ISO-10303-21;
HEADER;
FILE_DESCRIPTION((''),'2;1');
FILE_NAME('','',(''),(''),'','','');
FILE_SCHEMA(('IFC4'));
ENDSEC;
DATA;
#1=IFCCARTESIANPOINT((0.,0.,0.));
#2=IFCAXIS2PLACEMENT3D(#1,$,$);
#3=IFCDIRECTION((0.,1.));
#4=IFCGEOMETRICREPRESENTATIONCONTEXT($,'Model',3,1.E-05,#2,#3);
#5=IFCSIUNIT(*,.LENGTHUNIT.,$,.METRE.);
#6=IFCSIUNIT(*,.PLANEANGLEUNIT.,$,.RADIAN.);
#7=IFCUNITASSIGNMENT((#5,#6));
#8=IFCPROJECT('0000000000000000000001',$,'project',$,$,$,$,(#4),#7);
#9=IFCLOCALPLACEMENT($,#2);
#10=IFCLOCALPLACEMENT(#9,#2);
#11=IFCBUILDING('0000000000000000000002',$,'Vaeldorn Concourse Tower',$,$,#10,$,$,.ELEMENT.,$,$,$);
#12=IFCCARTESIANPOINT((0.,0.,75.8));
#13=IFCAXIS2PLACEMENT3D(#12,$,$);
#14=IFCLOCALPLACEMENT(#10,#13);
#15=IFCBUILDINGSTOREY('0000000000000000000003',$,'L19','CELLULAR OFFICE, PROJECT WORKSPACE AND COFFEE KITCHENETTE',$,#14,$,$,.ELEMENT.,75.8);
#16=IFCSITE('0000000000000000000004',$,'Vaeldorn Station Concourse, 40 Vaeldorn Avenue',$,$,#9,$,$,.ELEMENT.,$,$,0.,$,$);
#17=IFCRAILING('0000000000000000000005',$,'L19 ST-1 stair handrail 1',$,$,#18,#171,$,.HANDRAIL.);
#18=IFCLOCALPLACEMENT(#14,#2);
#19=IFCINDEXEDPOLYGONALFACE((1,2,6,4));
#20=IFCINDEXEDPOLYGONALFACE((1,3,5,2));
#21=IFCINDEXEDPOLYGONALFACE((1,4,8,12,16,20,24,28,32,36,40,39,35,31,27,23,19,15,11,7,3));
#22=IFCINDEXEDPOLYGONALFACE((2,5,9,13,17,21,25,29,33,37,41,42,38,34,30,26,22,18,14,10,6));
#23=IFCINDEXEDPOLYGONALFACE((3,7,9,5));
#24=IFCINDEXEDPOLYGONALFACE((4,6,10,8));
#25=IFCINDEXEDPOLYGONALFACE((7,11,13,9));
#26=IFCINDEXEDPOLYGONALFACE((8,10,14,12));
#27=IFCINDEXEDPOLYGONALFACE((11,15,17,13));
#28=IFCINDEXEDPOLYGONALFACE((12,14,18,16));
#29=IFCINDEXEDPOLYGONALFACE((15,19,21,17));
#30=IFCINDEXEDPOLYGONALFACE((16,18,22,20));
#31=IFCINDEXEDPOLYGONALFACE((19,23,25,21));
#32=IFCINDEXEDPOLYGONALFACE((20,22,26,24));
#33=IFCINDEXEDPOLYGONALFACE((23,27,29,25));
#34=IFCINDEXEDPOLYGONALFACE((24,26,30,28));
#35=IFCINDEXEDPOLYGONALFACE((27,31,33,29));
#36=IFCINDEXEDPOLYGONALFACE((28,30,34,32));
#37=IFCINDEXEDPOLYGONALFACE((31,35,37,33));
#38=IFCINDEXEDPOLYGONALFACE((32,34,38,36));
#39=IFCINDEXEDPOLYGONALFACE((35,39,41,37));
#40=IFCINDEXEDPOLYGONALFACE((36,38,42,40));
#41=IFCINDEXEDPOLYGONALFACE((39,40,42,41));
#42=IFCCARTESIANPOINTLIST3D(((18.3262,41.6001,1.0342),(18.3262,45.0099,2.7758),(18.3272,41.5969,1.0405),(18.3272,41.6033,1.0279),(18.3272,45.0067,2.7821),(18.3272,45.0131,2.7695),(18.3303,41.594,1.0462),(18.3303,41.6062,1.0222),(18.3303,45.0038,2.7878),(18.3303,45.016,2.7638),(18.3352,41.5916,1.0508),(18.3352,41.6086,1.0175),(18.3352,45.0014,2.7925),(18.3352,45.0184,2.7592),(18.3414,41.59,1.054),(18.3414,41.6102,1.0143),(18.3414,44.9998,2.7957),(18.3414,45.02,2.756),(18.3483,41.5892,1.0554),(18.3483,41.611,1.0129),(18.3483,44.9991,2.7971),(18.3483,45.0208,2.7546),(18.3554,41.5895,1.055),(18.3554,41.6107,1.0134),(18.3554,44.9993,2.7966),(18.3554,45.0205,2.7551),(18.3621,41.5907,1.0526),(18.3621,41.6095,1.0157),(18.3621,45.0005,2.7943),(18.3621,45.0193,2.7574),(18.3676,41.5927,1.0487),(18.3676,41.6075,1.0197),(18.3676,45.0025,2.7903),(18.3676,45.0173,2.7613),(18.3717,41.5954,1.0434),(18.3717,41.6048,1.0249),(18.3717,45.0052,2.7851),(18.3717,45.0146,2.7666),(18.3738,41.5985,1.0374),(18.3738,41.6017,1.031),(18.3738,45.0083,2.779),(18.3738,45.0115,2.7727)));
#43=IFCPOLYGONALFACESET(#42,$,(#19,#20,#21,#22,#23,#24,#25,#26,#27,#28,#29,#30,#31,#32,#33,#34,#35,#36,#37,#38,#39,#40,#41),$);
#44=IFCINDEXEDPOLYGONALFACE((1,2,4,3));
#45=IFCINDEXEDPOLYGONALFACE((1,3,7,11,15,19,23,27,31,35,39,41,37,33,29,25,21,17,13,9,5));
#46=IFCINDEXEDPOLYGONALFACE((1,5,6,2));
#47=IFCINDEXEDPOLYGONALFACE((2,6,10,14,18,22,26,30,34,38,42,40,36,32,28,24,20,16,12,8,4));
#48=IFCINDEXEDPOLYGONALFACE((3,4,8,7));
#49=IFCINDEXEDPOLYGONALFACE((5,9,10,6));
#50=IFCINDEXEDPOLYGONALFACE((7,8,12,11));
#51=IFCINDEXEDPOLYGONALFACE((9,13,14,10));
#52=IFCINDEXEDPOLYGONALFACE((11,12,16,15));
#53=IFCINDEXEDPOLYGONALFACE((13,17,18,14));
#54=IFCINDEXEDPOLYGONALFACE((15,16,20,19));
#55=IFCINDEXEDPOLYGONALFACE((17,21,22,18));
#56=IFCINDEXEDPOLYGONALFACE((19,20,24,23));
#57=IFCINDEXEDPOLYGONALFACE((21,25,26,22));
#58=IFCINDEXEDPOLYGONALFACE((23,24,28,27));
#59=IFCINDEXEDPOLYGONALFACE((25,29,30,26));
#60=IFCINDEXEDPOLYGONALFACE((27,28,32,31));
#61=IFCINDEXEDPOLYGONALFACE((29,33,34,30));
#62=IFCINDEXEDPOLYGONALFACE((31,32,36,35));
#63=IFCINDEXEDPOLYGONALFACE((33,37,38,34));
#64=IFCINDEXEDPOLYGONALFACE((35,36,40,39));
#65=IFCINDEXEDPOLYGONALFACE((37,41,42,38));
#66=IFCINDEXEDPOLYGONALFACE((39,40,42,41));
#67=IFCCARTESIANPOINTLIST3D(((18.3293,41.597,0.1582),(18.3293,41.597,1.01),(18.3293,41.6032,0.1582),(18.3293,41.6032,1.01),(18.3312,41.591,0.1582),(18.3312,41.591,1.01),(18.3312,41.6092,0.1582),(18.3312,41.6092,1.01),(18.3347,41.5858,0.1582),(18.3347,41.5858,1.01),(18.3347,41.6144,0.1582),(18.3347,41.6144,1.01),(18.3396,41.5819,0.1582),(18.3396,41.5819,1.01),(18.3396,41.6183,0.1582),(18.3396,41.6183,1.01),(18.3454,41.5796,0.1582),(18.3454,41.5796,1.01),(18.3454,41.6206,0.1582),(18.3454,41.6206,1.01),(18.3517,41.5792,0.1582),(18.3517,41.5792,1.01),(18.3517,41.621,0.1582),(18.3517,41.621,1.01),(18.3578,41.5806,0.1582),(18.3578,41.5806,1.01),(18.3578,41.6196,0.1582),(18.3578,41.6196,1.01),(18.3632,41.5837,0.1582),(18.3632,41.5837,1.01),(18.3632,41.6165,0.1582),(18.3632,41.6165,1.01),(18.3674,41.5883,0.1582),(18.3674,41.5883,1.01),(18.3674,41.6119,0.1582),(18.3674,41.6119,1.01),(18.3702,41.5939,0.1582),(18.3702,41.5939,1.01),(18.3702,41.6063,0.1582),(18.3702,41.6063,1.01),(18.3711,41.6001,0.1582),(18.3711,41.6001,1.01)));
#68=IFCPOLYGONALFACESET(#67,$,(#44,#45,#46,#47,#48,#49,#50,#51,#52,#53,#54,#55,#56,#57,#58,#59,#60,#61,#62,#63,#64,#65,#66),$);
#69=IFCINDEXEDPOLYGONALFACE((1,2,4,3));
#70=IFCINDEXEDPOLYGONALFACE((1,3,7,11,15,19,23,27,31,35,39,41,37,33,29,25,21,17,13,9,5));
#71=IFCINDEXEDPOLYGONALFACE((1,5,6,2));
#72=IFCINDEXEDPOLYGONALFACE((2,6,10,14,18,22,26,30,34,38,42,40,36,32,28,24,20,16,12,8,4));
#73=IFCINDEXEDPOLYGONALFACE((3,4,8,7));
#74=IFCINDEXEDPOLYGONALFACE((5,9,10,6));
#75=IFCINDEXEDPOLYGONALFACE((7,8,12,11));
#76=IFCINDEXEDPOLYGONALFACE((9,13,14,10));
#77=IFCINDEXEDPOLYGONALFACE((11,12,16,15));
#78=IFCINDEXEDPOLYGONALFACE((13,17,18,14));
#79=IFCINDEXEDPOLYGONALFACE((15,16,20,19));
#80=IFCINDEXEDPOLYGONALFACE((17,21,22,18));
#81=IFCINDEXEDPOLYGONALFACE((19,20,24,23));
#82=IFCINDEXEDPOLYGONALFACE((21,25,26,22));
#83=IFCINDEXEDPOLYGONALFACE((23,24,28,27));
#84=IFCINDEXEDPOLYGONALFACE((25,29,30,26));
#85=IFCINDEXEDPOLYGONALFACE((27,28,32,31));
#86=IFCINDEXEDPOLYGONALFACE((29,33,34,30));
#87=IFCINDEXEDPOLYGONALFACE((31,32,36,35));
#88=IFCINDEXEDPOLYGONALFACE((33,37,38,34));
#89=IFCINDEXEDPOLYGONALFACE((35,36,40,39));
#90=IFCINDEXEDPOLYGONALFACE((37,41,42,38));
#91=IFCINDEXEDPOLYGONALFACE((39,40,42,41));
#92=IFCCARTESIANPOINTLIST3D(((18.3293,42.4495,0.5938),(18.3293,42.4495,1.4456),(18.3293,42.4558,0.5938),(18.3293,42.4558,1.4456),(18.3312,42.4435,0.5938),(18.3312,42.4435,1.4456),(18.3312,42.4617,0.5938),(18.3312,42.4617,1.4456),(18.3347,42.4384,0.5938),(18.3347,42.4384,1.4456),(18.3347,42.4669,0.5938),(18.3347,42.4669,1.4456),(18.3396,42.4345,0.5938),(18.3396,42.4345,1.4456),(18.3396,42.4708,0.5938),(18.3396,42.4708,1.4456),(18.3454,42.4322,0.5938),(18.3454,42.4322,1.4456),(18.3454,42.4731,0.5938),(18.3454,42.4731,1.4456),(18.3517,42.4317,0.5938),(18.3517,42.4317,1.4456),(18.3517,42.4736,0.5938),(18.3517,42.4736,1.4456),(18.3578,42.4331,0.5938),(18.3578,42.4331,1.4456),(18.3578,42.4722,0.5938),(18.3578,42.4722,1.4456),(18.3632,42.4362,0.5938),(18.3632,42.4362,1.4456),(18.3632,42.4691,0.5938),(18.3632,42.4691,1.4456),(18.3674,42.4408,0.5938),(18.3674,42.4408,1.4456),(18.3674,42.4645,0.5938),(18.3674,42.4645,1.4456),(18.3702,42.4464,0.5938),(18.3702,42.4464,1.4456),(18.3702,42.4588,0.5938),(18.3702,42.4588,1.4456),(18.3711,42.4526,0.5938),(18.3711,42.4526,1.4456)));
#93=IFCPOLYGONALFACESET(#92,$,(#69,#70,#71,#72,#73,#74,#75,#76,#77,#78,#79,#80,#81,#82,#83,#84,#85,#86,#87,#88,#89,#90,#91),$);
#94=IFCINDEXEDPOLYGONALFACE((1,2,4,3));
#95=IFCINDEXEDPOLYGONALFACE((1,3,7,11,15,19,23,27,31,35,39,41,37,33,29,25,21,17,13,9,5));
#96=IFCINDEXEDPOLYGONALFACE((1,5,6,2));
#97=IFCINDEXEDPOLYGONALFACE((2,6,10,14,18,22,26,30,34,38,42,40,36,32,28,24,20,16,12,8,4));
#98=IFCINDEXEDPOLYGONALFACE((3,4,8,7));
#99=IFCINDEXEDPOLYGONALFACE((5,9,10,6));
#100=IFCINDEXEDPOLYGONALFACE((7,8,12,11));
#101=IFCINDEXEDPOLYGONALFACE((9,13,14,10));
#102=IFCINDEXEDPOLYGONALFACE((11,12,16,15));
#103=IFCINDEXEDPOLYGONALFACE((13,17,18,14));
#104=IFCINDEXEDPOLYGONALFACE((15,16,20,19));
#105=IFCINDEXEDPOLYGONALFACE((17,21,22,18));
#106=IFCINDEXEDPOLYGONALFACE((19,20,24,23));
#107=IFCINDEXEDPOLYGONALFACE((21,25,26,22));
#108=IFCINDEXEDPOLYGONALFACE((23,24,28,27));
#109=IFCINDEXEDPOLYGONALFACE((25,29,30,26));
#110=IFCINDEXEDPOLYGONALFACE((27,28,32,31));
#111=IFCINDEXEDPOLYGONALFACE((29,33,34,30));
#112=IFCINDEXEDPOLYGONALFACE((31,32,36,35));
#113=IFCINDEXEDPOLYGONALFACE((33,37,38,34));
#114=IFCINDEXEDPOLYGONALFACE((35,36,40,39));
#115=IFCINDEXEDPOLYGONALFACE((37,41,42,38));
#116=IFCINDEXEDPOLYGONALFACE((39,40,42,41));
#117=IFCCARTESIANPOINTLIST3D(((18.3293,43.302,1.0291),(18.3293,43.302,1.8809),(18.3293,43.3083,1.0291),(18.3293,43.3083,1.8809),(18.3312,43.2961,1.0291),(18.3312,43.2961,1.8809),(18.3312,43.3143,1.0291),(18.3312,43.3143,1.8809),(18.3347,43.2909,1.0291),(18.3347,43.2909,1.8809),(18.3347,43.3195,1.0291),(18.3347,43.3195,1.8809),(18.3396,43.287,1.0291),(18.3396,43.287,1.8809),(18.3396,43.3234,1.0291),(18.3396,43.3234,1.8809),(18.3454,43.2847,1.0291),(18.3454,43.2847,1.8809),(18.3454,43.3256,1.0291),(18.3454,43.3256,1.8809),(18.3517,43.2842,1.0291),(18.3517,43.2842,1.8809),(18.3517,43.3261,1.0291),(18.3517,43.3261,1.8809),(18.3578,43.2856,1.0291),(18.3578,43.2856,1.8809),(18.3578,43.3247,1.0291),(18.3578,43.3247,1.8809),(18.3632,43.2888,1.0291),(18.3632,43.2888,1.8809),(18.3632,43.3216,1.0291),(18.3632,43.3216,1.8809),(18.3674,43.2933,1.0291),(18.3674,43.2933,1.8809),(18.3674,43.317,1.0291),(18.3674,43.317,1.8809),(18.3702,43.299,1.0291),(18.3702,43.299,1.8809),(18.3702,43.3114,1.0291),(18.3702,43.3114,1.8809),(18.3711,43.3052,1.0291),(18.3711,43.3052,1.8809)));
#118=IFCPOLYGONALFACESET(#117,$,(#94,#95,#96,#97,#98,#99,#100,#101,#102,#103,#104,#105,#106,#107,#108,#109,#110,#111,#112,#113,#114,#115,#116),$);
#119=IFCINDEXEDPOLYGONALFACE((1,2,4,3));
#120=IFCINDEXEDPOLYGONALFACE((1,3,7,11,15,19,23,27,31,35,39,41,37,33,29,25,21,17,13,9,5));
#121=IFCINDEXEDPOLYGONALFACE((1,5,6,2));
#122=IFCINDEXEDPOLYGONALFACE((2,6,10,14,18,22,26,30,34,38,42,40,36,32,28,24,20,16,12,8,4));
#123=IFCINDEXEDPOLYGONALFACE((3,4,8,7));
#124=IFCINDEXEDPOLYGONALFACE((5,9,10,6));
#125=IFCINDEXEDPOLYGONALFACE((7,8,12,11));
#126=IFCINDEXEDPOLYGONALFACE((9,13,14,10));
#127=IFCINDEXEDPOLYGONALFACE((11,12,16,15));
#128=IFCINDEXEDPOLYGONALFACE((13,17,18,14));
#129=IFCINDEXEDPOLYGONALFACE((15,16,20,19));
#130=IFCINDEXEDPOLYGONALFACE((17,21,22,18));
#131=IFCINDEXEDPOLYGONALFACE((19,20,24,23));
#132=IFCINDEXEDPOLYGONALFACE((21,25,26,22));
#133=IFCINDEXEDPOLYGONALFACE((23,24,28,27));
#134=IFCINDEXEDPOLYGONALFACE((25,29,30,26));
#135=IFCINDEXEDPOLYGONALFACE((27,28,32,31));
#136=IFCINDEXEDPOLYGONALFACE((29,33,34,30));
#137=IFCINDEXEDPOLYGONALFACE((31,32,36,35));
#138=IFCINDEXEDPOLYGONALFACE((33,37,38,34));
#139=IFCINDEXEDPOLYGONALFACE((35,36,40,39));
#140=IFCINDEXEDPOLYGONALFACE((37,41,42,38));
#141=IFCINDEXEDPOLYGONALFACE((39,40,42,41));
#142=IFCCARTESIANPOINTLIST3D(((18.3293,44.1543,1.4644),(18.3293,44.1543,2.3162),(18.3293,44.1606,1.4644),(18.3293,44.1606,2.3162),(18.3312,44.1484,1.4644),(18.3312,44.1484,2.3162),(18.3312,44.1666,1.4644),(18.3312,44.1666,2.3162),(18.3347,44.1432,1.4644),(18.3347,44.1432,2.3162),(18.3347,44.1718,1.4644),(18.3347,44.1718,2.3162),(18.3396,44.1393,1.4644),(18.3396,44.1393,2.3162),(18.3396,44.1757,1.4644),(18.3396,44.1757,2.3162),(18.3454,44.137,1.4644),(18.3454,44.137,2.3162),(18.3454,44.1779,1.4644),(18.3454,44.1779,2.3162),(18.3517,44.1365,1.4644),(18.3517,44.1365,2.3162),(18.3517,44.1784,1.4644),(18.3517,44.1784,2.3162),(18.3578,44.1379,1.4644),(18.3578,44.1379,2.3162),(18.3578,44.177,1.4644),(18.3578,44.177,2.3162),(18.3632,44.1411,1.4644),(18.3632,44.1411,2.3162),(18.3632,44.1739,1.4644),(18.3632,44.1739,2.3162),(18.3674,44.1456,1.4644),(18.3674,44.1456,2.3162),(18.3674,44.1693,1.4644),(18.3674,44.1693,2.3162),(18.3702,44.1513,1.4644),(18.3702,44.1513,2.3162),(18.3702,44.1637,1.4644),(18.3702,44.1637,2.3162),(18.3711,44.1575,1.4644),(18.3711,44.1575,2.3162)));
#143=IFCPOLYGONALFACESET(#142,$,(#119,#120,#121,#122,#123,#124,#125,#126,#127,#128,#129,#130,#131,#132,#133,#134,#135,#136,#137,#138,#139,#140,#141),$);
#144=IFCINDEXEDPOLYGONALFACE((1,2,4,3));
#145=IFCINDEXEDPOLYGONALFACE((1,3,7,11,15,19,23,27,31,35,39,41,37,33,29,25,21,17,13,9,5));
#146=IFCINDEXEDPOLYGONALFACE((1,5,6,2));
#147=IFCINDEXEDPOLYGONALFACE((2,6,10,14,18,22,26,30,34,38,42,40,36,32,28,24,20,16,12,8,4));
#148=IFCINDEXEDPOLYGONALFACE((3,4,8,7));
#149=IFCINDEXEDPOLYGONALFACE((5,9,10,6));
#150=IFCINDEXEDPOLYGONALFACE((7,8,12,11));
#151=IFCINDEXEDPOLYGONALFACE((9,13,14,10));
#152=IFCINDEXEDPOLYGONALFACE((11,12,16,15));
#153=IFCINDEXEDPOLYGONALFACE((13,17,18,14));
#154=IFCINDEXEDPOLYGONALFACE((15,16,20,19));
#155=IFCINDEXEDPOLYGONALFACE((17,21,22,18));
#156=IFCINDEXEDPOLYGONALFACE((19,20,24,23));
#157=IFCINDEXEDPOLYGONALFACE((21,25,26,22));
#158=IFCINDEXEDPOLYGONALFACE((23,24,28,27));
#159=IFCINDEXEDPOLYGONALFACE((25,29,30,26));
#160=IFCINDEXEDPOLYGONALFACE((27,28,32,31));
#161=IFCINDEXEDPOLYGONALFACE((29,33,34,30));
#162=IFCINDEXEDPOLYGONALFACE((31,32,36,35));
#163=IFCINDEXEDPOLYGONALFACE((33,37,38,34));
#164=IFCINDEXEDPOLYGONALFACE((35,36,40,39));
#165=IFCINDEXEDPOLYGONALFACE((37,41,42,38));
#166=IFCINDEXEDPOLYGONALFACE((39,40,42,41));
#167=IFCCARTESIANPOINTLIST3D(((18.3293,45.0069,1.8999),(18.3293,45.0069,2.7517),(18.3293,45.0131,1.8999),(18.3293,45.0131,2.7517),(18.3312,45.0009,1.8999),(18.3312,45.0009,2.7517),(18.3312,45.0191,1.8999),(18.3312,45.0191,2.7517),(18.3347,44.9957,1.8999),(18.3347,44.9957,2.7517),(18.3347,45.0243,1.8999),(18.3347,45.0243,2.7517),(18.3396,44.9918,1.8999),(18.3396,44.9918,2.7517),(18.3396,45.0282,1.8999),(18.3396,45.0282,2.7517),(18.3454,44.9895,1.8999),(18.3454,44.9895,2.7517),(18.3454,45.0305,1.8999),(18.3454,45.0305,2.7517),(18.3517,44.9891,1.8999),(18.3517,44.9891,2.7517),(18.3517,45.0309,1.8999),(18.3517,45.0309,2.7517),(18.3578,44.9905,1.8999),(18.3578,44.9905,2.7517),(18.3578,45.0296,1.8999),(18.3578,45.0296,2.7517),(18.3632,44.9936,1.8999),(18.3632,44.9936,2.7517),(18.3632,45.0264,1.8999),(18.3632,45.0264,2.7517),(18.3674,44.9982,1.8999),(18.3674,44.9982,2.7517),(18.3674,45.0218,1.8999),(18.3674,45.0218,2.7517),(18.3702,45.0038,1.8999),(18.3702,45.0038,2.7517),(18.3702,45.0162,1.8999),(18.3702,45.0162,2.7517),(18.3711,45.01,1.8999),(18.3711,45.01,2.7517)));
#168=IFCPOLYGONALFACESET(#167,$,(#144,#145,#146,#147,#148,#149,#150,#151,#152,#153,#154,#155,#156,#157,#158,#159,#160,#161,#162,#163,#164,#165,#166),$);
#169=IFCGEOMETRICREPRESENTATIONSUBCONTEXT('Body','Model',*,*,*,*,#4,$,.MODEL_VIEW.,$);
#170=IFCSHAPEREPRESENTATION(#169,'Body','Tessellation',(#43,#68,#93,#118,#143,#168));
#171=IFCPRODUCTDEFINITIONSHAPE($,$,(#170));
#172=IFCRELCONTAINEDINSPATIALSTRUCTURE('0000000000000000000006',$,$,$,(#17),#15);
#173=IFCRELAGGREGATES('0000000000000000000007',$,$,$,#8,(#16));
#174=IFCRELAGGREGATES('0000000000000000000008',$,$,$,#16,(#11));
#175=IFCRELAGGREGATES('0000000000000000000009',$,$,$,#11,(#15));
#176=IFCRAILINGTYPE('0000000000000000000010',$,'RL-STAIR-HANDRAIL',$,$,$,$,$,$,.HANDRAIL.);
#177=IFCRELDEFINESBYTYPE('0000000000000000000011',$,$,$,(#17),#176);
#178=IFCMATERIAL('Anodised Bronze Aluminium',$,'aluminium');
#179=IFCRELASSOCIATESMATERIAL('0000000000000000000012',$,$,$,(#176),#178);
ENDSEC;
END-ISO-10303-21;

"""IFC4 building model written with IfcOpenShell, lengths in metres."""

from ifc_helpers import new_model, si_unit, direction, frame, origin, origin_2d, place, context, subcontext, project, spatial, circle, extrude, material, type_object, element, save


model = new_model("IFC4")

# Units and contexts
model_context = context("Model", 3, precision=1e-05, world=origin(), true_north=direction((0.0, 1.0)))
body_context = subcontext(model_context, "Body", "Model", "MODEL_VIEW")
ifc_project = project(units=[si_unit("LENGTHUNIT", "METRE"), si_unit("PLANEANGLEUNIT", "RADIAN")], contexts=[model_context])

# Site, building, storey
site_placement = place(None, origin())
site = spatial("IfcSite", under=ifc_project, at=site_placement, Name="Vaeldorn Station Concourse, 40 Vaeldorn Avenue", CompositionType="ELEMENT", RefElevation=0.0)
building_placement = place(site_placement, origin())
building = spatial("IfcBuilding", under=site, at=building_placement, Name="Vaeldorn Concourse Tower", CompositionType="ELEMENT")
storey_placement = place(building_placement, frame((0.0, 0.0, 75.8)))
storey = spatial("IfcBuildingStorey", under=building, at=storey_placement, Name="L19", Description="CELLULAR OFFICE, PROJECT WORKSPACE AND COFFEE KITCHENETTE", CompositionType="ELEMENT", Elevation=75.8)

# Shared definitions
ifc_material_1 = material(Name="Anodised Bronze Aluminium", Category="aluminium")

# Railing
railing_type_1 = type_object("IfcRailingType", Name="RL-STAIR-HANDRAIL", PredefinedType="HANDRAIL", material=ifc_material_1)
railing_1_placement = place(storey_placement, frame((18.3501, 41.6001, 0.1582)))
element("IfcRailing", 1, at=railing_1_placement, inside=storey, type_object=railing_type_1, Name="L19 ST-1 stair handrail 1", PredefinedType="HANDRAIL", context=body_context, shape_type="SweptSolid", body=[
    extrude(circle(Radius=0.0239, at=origin_2d()), frame((0.0, 0.0, 0.876), z_axis=(0.0, 0.890556, 0.454874), x_axis=(-1.0, 0.0, 0.0)), (0.0, 0.0, 1.0), 3.8289),
    extrude(circle(Radius=0.021, at=origin_2d()), origin(), (0.0, 0.0, 1.0), 0.8518),
    extrude(circle(Radius=0.021, at=origin_2d()), frame((0.0, 0.8525, 0.4355)), (0.0, 0.0, 1.0), 0.8518),
    extrude(circle(Radius=0.021, at=origin_2d()), frame((0.0, 1.7051, 0.8708)), (0.0, 0.0, 1.0), 0.8518),
    extrude(circle(Radius=0.021, at=origin_2d()), frame((0.0, 2.5574, 1.3062)), (0.0, 0.0, 1.0), 0.8518),
    extrude(circle(Radius=0.021, at=origin_2d()), frame((0.0, 3.4099, 1.7417)), (0.0, 0.0, 1.0), 0.8518),
])

save(model, "model.ifc")
